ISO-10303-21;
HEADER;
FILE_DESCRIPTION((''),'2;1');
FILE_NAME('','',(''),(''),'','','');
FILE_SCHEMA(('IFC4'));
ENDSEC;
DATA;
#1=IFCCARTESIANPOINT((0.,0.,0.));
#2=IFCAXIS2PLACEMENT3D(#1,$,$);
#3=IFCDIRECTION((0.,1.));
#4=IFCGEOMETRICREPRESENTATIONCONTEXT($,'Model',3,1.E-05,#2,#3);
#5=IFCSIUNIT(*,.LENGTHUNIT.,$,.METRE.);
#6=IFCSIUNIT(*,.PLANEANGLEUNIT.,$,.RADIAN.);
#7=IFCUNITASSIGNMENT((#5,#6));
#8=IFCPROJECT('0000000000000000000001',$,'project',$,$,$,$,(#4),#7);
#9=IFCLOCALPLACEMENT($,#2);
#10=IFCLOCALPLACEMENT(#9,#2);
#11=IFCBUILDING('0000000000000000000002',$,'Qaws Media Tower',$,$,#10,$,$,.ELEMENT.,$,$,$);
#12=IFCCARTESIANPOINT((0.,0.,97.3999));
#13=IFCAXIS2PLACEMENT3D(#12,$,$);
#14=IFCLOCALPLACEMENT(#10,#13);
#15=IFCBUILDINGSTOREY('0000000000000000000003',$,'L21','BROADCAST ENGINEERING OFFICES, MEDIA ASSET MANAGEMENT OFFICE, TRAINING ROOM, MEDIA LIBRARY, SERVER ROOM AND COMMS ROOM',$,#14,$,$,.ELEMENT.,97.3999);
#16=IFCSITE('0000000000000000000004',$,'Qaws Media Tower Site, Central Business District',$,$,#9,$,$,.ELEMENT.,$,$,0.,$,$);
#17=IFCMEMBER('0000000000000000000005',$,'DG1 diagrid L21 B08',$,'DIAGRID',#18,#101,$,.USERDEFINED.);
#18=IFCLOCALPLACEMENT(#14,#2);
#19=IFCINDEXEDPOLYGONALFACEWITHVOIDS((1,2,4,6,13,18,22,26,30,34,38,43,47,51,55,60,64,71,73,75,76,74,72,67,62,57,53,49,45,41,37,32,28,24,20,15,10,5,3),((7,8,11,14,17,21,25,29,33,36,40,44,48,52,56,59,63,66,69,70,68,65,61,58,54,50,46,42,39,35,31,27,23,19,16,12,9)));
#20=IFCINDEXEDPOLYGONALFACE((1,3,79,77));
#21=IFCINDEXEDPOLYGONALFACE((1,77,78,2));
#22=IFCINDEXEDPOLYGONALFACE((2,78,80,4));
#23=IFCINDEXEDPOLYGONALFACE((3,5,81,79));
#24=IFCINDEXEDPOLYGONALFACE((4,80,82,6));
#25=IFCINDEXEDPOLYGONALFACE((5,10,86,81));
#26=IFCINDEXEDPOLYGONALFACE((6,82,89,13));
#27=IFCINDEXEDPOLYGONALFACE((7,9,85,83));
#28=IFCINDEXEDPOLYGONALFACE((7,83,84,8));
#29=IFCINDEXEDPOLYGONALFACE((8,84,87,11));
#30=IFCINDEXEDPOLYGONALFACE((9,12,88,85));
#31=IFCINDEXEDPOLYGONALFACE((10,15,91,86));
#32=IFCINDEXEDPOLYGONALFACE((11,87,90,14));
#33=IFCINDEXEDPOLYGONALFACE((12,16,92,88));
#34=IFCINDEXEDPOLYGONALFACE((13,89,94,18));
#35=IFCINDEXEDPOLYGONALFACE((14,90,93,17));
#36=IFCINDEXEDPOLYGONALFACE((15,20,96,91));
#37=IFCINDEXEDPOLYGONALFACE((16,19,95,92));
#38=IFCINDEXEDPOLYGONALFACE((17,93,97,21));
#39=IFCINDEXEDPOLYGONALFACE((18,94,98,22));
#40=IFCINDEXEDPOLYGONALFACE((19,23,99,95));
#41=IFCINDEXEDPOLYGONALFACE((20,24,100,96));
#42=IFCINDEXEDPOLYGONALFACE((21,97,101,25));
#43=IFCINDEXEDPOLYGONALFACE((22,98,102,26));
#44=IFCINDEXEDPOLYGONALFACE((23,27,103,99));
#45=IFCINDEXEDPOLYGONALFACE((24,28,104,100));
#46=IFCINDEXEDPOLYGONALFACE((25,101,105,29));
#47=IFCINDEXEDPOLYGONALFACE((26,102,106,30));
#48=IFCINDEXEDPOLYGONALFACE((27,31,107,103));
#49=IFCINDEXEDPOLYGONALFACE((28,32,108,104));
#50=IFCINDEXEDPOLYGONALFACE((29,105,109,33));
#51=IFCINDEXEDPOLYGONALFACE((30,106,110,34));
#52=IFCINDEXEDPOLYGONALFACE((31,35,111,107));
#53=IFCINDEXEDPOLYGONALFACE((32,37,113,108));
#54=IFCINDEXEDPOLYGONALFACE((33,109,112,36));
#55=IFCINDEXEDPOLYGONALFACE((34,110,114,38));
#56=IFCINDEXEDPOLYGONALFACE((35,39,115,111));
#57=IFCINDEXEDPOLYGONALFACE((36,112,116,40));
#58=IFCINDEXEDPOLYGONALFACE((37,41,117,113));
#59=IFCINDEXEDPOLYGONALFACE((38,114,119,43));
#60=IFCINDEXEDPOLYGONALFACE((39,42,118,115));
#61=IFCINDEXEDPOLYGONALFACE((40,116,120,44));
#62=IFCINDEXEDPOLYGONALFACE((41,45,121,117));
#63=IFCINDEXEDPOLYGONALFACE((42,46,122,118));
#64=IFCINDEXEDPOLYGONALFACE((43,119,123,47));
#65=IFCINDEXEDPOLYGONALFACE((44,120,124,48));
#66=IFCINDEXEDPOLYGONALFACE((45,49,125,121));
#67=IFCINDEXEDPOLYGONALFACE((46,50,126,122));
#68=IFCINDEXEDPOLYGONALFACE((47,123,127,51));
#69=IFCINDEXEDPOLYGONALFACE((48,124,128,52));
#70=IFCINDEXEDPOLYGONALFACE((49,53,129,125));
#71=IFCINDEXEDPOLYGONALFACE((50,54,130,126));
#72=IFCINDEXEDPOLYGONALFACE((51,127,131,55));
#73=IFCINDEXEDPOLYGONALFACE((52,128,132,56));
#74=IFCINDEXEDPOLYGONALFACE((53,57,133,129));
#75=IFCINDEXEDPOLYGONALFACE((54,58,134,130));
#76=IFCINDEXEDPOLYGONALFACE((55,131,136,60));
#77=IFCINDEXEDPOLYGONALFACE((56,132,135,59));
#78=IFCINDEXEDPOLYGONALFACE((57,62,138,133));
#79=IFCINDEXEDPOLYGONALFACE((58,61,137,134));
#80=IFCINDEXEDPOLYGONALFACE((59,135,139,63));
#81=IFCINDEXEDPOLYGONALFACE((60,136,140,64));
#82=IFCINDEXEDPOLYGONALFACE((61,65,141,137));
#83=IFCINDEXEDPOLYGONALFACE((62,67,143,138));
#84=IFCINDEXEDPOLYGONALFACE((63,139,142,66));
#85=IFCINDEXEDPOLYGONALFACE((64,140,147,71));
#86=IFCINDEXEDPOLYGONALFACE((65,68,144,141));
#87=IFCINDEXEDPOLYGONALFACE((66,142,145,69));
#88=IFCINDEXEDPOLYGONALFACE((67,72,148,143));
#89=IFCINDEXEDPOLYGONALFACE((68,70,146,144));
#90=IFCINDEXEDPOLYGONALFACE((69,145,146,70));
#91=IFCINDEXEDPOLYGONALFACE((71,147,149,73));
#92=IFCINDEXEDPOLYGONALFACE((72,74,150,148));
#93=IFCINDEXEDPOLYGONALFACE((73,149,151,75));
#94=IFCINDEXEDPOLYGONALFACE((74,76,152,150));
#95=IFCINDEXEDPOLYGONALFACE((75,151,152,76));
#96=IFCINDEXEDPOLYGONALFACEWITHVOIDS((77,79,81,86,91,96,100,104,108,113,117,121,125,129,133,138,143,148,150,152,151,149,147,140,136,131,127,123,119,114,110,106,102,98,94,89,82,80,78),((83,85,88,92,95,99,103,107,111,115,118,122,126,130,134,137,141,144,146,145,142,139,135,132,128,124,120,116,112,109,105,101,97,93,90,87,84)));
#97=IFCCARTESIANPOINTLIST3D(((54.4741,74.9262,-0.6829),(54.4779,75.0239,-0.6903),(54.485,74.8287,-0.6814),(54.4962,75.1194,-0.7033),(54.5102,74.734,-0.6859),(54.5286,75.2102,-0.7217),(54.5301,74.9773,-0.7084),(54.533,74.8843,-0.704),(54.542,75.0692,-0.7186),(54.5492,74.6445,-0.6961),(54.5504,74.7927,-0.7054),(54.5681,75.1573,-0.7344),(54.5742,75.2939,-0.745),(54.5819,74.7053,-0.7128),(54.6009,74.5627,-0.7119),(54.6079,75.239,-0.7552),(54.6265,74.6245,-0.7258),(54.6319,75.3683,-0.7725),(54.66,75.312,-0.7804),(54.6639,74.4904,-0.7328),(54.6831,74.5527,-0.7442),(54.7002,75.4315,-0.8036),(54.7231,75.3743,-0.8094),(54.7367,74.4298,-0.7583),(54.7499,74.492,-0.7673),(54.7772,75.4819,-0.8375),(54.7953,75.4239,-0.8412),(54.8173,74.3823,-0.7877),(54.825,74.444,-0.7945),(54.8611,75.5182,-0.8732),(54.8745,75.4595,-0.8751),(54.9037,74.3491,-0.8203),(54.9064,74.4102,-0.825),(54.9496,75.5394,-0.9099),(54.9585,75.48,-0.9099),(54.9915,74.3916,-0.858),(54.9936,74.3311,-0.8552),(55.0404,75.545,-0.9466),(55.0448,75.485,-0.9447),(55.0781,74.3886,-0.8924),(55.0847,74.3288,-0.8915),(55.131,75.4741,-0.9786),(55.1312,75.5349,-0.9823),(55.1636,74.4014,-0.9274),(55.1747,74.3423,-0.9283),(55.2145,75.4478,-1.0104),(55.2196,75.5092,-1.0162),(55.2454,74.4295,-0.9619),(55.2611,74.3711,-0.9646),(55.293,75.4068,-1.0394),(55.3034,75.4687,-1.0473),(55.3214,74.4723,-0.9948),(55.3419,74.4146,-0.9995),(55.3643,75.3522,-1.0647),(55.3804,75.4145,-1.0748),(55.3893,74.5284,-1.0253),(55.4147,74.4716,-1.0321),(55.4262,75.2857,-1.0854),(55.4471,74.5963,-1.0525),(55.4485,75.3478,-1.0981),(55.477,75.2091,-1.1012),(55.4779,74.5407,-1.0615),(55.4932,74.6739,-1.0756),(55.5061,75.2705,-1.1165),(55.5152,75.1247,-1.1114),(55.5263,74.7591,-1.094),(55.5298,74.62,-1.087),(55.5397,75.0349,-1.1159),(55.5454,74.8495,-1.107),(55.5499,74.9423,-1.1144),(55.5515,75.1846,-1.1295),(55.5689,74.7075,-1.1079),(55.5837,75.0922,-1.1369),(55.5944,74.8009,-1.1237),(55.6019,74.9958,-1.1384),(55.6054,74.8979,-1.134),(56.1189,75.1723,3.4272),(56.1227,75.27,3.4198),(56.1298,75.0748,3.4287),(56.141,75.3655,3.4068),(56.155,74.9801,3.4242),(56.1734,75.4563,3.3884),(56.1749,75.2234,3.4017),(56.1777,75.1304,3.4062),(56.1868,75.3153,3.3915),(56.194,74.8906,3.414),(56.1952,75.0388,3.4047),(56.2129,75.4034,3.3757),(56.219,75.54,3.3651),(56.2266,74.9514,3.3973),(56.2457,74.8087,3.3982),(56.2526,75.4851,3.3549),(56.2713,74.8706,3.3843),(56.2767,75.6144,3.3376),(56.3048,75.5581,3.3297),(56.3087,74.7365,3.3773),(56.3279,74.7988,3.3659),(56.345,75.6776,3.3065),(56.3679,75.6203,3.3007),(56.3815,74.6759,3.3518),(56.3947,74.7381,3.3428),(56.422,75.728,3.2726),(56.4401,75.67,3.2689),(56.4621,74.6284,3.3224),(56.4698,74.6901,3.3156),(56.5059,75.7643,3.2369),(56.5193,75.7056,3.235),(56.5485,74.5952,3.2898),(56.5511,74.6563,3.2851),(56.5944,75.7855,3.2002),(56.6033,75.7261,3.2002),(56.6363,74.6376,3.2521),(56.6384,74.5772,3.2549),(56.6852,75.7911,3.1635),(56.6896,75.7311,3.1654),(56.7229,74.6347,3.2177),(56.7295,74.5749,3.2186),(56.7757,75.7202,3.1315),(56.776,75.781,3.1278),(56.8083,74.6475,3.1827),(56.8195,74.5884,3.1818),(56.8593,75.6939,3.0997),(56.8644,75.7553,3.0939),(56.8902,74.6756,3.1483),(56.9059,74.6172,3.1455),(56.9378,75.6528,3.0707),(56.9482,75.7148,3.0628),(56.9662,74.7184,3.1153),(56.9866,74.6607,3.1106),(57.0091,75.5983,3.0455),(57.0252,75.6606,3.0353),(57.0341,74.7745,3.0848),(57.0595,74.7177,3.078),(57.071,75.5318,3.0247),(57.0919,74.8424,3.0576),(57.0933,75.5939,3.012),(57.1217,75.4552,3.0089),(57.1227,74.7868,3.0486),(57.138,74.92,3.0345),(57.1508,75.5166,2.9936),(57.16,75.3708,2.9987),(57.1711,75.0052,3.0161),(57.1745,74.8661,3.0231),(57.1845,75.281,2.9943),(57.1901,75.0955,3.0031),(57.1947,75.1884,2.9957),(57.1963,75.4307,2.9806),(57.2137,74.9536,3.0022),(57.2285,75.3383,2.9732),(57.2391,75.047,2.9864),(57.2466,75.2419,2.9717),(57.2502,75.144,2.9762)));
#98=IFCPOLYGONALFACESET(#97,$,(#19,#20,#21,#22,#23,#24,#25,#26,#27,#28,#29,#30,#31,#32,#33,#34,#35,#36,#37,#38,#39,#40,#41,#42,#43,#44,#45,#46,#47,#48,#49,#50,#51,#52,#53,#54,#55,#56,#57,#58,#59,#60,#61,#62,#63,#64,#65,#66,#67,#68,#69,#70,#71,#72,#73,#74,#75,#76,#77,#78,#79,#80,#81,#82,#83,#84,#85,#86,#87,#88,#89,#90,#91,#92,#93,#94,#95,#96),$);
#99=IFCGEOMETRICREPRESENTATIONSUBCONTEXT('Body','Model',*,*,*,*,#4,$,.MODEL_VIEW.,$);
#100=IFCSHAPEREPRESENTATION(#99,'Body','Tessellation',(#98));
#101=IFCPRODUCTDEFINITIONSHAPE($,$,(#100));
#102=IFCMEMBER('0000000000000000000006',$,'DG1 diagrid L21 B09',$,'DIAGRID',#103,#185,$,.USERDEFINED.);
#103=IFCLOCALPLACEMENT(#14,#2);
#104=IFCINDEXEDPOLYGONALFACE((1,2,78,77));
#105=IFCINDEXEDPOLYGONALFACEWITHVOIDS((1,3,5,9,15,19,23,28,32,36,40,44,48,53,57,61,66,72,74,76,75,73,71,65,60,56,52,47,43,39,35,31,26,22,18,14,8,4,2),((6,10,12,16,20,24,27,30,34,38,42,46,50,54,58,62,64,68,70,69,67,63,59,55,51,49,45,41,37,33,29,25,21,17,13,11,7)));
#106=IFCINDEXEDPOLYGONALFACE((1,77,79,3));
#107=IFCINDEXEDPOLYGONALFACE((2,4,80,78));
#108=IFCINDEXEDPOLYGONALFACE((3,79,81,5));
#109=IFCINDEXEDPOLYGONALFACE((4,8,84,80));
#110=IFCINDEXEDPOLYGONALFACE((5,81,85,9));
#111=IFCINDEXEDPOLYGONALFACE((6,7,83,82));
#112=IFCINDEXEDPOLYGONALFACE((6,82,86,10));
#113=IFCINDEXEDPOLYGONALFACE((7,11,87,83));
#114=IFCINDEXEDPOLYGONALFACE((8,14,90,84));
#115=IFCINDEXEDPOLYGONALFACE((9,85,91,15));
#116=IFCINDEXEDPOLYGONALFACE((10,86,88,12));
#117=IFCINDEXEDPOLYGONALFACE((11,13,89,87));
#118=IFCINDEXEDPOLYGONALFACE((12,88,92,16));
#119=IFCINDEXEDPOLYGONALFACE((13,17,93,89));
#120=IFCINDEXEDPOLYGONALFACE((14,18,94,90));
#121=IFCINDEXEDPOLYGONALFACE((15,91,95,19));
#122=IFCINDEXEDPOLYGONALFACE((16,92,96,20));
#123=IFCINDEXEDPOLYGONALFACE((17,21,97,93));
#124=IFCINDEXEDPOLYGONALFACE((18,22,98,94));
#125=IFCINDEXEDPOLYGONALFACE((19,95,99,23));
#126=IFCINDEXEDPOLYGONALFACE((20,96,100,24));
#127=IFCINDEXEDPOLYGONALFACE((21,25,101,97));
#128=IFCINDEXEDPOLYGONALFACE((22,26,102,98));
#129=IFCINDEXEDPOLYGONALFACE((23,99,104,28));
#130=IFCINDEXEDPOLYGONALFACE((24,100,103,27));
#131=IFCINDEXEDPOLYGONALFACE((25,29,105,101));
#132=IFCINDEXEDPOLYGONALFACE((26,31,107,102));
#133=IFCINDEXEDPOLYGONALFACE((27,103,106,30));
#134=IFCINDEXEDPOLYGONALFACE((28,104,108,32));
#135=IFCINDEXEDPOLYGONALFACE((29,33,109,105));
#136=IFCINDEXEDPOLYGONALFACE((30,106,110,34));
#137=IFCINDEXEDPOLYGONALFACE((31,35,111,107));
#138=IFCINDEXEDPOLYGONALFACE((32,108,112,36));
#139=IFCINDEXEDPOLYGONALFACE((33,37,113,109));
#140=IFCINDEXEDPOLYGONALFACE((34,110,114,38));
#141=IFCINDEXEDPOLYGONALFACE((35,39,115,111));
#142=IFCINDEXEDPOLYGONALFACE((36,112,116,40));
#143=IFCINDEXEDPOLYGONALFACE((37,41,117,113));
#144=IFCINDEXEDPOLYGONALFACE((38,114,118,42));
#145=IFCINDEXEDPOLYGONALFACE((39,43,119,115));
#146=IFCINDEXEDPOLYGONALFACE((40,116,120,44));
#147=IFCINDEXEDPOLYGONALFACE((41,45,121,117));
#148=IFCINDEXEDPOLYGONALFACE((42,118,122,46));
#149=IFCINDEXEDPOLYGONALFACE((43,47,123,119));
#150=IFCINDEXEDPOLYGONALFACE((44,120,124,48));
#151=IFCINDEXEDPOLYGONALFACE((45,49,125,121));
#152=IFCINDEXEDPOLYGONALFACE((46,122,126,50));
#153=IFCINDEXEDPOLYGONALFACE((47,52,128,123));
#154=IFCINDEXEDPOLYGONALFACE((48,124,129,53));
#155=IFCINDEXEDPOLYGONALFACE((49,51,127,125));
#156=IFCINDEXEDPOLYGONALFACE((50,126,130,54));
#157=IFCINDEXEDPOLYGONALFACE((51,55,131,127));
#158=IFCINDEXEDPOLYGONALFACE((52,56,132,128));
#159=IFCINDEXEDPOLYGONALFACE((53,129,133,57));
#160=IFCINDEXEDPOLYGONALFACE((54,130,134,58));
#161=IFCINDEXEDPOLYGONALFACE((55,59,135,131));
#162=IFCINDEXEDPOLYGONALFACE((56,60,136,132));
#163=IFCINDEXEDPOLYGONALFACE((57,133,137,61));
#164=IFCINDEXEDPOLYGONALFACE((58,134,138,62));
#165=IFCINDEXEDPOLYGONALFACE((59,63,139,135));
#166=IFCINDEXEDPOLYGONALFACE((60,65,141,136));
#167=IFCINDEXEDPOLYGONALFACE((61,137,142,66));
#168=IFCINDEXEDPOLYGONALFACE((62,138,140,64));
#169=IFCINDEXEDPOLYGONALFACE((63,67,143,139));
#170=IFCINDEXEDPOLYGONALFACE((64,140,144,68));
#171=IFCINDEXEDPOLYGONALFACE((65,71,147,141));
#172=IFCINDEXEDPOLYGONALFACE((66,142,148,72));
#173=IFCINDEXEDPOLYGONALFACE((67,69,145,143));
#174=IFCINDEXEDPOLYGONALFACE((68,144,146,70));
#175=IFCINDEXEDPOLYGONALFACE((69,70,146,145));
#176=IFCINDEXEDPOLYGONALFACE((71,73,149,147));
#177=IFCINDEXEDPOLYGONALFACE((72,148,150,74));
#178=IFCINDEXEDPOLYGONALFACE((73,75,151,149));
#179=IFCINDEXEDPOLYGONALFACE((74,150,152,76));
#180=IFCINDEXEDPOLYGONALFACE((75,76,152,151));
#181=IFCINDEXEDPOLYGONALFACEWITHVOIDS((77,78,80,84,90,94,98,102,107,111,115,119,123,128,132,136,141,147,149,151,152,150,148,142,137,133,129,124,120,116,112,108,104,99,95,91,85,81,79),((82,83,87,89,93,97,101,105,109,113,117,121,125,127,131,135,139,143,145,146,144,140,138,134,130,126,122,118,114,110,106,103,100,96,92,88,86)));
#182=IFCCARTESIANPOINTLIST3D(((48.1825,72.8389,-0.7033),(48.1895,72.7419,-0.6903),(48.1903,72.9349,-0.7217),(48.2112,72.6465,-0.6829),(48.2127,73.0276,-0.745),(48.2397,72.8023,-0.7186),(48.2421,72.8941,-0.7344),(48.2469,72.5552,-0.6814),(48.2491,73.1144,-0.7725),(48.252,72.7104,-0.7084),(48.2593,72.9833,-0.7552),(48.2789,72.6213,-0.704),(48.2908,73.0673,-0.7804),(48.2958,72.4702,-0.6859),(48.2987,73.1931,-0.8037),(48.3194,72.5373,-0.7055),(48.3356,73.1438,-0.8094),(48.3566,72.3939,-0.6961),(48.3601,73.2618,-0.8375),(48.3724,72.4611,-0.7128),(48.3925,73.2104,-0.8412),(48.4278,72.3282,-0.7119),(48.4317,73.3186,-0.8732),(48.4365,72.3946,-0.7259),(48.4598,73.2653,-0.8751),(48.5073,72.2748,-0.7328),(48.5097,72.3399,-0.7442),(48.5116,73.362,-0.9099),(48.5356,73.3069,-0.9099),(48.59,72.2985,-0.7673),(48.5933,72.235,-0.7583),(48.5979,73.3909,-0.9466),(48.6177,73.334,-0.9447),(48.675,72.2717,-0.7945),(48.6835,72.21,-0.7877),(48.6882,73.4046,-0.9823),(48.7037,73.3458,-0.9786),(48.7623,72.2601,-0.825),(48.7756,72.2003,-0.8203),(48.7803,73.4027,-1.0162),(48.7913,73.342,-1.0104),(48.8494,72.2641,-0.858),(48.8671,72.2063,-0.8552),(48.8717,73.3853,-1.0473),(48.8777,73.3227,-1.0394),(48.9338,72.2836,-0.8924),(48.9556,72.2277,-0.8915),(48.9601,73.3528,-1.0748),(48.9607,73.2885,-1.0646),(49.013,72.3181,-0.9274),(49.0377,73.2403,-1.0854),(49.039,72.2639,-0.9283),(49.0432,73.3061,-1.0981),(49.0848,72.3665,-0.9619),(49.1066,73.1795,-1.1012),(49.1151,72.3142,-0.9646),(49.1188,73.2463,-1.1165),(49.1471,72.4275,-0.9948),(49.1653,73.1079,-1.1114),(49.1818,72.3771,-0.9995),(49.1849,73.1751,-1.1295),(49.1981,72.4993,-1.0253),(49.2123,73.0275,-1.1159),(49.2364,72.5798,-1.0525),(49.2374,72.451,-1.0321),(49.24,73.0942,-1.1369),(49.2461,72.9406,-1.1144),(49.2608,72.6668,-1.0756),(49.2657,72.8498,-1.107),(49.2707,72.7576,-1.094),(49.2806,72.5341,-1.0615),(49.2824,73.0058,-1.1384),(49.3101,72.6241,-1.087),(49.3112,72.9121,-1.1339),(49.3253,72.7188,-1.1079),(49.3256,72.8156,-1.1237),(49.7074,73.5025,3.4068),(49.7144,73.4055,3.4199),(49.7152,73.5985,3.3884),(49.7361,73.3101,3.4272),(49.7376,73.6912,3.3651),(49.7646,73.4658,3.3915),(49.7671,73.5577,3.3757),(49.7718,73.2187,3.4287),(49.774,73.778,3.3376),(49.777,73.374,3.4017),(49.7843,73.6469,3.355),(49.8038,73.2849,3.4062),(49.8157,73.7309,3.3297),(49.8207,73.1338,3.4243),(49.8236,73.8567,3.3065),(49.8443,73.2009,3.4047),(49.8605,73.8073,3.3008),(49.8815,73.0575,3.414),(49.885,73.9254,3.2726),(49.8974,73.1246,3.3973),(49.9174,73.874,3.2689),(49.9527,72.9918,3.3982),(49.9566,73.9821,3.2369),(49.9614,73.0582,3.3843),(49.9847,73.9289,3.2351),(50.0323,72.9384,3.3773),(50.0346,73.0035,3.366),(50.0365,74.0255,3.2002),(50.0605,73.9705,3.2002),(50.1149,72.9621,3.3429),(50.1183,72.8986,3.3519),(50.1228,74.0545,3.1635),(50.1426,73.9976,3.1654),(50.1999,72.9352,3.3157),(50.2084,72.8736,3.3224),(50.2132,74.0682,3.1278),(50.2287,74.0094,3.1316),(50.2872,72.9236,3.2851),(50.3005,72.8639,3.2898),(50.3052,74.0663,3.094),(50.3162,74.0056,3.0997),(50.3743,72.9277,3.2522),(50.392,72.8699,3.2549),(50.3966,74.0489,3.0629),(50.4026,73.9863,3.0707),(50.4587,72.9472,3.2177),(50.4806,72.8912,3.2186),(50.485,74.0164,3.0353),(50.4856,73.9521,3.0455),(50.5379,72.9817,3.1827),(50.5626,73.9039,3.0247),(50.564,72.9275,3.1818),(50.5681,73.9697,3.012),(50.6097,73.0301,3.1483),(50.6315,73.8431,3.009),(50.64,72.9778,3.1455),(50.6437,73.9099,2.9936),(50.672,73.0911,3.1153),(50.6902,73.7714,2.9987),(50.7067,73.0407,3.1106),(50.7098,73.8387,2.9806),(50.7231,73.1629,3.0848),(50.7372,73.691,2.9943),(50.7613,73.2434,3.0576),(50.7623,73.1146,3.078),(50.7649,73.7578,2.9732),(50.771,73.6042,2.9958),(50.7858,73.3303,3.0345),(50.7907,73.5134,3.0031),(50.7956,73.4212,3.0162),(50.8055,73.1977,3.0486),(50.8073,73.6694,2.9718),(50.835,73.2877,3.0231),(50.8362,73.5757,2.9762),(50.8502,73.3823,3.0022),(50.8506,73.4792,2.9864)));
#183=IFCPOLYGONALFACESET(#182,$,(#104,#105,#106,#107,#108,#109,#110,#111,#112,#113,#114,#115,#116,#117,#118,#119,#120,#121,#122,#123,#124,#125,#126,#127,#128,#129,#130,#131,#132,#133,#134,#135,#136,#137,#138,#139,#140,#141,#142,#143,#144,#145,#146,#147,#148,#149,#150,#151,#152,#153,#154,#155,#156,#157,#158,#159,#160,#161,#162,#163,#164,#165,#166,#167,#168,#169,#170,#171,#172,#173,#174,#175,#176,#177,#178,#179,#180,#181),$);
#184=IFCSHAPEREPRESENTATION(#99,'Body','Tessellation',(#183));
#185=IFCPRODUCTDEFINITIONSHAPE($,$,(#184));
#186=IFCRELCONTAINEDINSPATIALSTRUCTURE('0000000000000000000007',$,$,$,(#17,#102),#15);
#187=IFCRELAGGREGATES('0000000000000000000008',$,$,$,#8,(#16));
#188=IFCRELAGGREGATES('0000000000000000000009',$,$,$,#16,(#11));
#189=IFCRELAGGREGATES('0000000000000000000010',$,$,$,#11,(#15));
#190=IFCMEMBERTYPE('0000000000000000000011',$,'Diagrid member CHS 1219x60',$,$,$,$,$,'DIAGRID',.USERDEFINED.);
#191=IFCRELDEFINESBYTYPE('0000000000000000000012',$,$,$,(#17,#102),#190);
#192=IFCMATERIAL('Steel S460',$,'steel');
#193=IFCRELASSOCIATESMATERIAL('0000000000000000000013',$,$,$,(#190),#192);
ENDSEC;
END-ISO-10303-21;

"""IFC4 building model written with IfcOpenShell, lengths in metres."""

from ifc_helpers import new_model, si_unit, direction, frame, origin, origin_2d, place, context, subcontext, project, spatial, hollow_circle, extrude, material, material_profile, profile_set, type_object, element, save


model = new_model("IFC4")

# Units and contexts
model_context = context("Model", 3, precision=1e-05, world=origin(), true_north=direction((0.0, 1.0)))
body_context = subcontext(model_context, "Body", "Model", "MODEL_VIEW")
ifc_project = project(units=[si_unit("LENGTHUNIT", "METRE"), si_unit("PLANEANGLEUNIT", "RADIAN")], contexts=[model_context])

# Site, building, storey
site_placement = place(None, origin())
site = spatial("IfcSite", under=ifc_project, at=site_placement, Name="Qaws Media Tower Site, Central Business District", CompositionType="ELEMENT", RefElevation=0.0)
building_placement = place(site_placement, origin())
building = spatial("IfcBuilding", under=site, at=building_placement, Name="Qaws Media Tower", CompositionType="ELEMENT")
storey_placement = place(building_placement, frame((0.0, 0.0, 97.3999)))
storey = spatial("IfcBuildingStorey", under=building, at=storey_placement, Name="L21", Description="BROADCAST ENGINEERING OFFICES, MEDIA ASSET MANAGEMENT OFFICE, TRAINING ROOM, MEDIA LIBRARY, SERVER ROOM AND COMMS ROOM", CompositionType="ELEMENT", Elevation=97.3999)

# Members
ifc_material_1 = material(Name="Steel S460", Category="steel")
ifc_material_profile_1 = material_profile(ifc_material_1, hollow_circle(Radius=0.6096, WallThickness=0.0601, at=origin_2d()), Name="CHS 1219x60")
ifc_profile_set_1 = profile_set([ifc_material_profile_1], Name="Steel S460")
member_type_1 = type_object("IfcMemberType", Name="Diagrid member CHS 1219x60", ElementType="DIAGRID", PredefinedType="USERDEFINED", material=ifc_profile_set_1)
for number, where, z_axis, x_axis, name in (
    (1, (55.0398, 74.9365, -0.9099), (0.370961, 0.055504, 0.926988), (-0.147974, 0.988991, 0.0), "DG1 diagrid L21 B08"),
    (2, (48.7549, 72.803, -0.9099), (0.343926, 0.149662, 0.926993), (-0.399016, 0.916944, 0.0), "DG1 diagrid L21 B09"),
):
    element("IfcMember", number, at=place(storey_placement, frame(where, z_axis=z_axis, x_axis=x_axis)), inside=storey, type_object=member_type_1, Name=name, ObjectType="DIAGRID", PredefinedType="USERDEFINED", context=body_context, shape_type="SweptSolid", body=[
        extrude(hollow_circle(Radius=0.6096, WallThickness=0.0601, at=origin_2d()), origin(), (0.0, 0.0, 1.0), 4.4338),
    ])

save(model, "model.ifc")
